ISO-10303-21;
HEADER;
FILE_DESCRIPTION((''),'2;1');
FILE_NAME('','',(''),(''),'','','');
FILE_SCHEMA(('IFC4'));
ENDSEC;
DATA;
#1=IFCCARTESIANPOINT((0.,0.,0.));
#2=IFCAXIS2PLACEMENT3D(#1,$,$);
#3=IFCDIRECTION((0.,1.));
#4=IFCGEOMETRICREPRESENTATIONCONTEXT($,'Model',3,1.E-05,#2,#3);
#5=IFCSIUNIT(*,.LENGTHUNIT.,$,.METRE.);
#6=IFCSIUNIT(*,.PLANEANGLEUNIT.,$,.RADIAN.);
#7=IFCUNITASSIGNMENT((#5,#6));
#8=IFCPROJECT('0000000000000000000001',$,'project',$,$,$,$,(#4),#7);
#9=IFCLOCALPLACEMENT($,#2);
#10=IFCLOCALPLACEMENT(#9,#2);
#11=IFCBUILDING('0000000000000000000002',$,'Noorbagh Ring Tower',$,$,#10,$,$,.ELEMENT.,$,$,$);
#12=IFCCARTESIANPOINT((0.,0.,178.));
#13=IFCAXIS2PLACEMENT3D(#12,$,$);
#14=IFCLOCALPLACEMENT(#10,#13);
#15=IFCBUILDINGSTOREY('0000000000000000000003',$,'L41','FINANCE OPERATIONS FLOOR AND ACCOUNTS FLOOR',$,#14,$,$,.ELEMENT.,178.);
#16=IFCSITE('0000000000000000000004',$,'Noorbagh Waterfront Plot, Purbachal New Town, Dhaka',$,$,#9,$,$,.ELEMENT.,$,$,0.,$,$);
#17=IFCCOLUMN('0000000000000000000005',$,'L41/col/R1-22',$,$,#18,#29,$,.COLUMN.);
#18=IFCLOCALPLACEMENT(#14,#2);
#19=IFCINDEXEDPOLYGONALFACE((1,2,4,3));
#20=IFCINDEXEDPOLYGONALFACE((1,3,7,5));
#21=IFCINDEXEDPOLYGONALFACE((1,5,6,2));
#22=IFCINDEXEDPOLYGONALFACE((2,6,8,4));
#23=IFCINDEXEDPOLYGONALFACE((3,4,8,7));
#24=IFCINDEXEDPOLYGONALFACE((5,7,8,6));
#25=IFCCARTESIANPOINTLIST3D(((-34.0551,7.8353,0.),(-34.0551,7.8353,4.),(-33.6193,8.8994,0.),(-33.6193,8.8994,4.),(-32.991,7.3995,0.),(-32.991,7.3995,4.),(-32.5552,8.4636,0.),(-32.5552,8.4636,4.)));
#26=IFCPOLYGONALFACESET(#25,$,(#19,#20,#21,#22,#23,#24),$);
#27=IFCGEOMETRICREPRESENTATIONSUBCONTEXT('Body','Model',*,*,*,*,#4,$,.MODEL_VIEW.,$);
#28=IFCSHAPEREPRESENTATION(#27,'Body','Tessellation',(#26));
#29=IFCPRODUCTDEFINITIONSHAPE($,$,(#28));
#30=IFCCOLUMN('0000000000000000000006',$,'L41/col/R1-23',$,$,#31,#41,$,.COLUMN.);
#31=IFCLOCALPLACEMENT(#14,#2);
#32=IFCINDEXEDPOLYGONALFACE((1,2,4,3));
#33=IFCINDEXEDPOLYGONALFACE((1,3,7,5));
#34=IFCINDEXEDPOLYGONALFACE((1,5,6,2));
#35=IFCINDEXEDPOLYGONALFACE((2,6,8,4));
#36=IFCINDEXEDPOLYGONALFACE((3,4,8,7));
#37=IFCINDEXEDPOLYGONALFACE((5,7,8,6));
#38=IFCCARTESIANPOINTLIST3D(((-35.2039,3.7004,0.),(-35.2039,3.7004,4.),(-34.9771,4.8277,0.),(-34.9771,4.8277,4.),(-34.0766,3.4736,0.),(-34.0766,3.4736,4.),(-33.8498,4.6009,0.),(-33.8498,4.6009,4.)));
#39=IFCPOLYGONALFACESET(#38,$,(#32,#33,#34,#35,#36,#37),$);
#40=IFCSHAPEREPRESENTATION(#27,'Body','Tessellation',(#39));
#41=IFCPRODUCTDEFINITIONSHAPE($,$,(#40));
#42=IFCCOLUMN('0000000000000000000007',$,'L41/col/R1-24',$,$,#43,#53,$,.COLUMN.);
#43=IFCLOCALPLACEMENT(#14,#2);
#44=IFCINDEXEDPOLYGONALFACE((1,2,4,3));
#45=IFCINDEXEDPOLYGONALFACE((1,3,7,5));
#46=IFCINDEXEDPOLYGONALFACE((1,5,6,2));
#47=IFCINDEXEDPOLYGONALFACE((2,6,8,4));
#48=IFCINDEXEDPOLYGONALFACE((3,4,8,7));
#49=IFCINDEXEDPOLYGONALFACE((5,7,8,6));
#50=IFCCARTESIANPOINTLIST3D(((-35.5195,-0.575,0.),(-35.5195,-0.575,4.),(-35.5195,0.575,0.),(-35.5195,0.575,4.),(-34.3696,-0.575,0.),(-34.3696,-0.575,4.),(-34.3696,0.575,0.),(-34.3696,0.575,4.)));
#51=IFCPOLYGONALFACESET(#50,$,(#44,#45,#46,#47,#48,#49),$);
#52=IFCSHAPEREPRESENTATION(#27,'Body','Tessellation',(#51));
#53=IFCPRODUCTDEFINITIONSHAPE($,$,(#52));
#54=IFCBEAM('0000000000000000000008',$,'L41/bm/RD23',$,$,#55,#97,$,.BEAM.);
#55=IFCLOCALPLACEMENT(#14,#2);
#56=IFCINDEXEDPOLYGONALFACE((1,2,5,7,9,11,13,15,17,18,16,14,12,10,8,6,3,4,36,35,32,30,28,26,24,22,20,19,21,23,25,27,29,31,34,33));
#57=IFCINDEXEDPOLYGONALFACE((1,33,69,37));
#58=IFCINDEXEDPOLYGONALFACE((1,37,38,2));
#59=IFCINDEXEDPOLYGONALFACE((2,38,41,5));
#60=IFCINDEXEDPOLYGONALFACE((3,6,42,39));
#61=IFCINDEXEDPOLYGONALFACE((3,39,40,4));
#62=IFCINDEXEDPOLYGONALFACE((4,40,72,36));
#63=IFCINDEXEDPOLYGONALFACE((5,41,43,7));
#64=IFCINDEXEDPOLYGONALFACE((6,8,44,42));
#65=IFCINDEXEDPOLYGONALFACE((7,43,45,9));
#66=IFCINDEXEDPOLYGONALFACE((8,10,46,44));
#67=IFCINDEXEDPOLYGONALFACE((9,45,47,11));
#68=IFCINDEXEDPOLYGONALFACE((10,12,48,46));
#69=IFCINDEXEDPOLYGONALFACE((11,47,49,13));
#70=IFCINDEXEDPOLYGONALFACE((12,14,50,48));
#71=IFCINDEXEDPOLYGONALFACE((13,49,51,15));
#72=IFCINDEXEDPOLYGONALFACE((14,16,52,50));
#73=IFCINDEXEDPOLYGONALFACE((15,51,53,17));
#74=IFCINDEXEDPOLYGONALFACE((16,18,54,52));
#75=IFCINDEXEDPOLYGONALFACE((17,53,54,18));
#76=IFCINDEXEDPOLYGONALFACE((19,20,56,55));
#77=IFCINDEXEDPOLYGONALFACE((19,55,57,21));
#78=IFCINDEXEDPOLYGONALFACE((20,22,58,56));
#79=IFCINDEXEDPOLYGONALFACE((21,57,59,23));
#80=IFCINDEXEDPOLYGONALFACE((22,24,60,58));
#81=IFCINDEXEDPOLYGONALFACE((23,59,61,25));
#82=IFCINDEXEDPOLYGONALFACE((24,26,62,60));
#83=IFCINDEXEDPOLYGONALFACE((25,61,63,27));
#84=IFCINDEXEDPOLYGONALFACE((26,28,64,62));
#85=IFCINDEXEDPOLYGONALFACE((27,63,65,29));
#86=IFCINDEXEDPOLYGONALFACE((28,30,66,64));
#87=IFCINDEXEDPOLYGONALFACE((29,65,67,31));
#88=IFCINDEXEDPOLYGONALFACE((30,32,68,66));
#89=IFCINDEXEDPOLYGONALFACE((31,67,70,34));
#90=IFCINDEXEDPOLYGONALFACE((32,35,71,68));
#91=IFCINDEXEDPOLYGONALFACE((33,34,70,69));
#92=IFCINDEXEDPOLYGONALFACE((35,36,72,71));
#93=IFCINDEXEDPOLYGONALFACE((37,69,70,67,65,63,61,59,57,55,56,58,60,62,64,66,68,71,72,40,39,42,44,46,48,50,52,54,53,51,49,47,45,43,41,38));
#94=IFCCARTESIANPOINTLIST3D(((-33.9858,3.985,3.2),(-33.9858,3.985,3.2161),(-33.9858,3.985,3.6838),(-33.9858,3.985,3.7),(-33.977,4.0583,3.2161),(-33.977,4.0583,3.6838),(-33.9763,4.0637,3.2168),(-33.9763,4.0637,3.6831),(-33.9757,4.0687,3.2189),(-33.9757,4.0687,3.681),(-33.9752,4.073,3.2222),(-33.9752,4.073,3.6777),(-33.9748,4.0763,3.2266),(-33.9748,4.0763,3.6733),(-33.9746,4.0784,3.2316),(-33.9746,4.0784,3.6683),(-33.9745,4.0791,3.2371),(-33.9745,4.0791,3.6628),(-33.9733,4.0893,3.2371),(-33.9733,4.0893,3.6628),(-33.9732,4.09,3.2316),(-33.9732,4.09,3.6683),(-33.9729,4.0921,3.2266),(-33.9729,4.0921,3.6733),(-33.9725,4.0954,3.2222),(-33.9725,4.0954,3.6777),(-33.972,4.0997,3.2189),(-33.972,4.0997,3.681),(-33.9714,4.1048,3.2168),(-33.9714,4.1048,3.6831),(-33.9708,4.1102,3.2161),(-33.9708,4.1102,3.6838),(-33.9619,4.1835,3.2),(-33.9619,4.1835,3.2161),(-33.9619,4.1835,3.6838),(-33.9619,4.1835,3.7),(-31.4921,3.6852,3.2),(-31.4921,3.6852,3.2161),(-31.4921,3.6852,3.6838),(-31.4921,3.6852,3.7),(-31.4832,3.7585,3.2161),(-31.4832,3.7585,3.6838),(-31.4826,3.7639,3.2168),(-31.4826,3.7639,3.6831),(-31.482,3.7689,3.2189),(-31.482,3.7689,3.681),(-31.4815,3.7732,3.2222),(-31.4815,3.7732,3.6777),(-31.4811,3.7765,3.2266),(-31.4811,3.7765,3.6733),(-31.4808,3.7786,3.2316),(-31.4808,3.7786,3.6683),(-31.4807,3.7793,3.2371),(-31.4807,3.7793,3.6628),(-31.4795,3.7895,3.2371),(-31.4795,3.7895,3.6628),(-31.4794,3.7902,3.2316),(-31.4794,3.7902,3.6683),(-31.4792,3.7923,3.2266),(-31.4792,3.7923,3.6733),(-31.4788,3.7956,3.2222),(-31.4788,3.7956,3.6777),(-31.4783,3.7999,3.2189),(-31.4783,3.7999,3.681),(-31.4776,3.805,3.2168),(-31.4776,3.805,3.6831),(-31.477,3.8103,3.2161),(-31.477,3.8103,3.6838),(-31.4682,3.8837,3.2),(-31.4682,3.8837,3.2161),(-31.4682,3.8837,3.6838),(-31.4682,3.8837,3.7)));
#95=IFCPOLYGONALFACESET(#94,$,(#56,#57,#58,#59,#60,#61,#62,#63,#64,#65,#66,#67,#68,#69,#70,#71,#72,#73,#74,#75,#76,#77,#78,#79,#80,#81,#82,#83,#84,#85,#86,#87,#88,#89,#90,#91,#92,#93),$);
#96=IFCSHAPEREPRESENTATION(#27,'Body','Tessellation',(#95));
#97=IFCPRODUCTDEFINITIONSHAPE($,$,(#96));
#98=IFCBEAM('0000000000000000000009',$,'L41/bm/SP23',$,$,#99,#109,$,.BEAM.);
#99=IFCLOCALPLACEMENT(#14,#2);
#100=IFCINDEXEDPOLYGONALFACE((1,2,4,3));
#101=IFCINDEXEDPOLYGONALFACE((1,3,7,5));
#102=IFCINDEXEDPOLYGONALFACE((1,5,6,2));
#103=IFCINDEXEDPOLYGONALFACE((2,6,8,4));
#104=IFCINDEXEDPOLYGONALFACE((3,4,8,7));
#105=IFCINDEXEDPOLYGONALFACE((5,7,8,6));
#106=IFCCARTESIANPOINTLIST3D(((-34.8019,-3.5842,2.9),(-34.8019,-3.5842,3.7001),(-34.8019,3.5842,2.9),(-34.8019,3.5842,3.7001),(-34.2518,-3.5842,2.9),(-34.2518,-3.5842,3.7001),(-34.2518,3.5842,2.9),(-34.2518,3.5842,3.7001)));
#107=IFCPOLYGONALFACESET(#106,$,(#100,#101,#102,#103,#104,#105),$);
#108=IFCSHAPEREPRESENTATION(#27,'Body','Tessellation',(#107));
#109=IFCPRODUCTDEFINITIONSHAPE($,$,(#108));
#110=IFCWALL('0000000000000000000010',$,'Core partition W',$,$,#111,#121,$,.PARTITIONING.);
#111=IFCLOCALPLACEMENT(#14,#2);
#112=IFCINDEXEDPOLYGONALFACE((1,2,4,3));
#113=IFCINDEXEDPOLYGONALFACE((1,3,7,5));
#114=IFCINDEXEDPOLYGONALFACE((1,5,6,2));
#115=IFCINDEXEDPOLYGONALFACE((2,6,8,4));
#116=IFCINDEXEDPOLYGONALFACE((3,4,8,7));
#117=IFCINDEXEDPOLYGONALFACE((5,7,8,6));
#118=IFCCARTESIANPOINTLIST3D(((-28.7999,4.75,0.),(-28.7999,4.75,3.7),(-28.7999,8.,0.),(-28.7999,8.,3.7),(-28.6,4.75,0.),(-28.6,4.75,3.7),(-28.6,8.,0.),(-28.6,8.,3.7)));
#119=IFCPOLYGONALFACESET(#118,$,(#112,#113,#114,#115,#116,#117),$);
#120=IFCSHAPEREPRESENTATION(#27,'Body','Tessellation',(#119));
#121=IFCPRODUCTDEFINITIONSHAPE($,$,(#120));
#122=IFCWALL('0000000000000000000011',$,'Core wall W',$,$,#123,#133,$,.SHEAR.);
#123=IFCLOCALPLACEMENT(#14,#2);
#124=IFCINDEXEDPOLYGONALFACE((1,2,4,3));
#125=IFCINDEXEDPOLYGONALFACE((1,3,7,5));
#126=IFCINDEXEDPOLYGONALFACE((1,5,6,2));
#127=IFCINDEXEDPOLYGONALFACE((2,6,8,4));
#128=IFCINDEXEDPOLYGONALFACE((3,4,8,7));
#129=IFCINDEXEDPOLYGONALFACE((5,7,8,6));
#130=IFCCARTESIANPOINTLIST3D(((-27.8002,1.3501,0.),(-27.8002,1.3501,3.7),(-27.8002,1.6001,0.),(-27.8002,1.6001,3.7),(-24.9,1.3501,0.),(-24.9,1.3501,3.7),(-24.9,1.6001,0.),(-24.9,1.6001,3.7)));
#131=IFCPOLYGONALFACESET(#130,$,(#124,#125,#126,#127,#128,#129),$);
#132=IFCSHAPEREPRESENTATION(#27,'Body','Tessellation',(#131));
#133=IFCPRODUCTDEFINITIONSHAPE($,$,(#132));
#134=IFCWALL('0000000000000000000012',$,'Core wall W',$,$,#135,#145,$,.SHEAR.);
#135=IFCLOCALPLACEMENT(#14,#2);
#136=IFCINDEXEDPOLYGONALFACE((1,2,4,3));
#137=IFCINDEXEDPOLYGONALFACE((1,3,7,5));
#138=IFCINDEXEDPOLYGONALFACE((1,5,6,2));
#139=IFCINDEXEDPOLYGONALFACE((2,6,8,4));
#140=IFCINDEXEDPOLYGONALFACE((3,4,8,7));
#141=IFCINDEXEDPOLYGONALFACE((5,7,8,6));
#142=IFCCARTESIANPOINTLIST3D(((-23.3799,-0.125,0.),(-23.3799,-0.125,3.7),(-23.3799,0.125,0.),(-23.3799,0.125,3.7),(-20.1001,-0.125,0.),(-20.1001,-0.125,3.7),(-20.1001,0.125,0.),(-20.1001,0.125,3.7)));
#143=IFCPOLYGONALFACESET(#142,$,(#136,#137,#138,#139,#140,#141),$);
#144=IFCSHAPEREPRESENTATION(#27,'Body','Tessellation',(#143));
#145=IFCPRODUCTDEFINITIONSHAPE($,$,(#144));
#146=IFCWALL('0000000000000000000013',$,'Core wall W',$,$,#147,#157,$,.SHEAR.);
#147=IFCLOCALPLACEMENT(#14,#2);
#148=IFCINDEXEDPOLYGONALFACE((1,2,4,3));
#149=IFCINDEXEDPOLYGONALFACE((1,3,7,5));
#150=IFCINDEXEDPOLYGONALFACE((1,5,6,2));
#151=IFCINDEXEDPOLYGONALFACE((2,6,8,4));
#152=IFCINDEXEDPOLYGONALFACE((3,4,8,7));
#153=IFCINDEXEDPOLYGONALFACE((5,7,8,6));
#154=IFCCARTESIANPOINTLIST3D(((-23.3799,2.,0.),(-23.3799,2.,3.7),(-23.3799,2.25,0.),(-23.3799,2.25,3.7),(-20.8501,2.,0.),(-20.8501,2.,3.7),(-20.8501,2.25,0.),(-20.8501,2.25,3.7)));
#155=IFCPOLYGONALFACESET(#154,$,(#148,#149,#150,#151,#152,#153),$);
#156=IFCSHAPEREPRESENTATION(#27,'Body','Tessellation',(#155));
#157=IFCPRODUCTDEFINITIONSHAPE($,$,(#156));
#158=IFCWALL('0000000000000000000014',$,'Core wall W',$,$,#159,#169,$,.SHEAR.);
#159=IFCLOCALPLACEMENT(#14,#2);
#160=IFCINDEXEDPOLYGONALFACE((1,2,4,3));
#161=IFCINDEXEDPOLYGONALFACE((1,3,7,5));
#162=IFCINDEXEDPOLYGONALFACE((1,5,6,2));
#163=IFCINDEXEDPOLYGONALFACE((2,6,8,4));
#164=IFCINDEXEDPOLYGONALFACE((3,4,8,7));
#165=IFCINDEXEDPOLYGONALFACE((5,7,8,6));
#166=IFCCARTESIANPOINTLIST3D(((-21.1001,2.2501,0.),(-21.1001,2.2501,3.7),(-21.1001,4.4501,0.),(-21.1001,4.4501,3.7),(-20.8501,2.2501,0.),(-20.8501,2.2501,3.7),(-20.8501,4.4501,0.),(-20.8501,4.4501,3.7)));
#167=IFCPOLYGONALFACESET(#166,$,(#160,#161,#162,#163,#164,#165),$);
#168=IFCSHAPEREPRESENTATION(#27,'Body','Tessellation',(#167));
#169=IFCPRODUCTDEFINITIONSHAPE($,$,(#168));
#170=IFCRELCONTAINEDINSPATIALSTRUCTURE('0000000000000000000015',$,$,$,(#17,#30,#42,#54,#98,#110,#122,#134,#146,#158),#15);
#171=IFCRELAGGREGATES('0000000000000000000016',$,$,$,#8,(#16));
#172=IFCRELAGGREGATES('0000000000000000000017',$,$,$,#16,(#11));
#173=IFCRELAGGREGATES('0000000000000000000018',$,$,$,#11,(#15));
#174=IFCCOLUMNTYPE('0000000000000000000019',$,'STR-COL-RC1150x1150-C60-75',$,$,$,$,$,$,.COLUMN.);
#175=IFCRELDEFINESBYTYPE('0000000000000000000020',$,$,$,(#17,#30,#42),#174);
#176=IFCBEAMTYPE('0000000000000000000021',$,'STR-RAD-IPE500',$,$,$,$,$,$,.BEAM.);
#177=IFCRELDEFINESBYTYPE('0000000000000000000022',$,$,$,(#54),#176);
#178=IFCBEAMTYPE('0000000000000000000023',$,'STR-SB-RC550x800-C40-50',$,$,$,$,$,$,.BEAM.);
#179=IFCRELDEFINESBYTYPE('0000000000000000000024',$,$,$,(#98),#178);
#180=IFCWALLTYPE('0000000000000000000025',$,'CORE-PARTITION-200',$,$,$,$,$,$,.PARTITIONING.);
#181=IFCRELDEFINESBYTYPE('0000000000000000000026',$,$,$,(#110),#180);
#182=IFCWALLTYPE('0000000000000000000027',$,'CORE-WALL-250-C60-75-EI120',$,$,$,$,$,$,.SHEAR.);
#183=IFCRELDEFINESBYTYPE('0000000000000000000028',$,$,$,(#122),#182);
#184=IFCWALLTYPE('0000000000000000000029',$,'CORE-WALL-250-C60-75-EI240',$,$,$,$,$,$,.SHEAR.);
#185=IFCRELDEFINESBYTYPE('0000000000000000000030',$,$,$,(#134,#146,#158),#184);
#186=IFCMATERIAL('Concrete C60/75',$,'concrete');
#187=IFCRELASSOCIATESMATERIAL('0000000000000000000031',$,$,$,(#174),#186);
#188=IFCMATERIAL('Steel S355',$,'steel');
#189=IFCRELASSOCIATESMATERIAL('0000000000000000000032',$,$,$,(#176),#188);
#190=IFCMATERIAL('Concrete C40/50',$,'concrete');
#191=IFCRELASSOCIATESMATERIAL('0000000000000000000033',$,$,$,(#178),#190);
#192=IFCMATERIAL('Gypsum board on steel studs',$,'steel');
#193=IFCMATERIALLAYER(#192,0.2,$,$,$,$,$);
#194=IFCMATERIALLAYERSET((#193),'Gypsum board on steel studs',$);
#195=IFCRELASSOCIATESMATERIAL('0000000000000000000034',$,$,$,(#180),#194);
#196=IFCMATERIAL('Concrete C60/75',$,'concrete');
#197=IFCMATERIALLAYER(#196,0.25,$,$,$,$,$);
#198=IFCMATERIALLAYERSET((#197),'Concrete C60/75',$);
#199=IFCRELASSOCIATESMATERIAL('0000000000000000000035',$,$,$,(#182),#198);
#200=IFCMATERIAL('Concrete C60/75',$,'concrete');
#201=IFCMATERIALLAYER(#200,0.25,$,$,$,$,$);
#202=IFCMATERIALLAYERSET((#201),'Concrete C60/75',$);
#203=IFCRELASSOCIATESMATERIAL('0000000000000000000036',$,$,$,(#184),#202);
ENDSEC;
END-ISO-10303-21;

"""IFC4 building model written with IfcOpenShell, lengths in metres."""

from ifc_helpers import new_model, si_unit, direction, frame, frame_2d, origin, origin_2d, place, context, subcontext, project, spatial, rectangle, i_section, extrude, material, layer, layer_set, material_profile, profile_set, type_object, element, save


model = new_model("IFC4")

# Units and contexts
model_context = context("Model", 3, precision=1e-05, world=origin(), true_north=direction((0.0, 1.0)))
body_context = subcontext(model_context, "Body", "Model", "MODEL_VIEW")
ifc_project = project(units=[si_unit("LENGTHUNIT", "METRE"), si_unit("PLANEANGLEUNIT", "RADIAN")], contexts=[model_context])

# Site, building, storey
site_placement = place(None, origin())
site = spatial("IfcSite", under=ifc_project, at=site_placement, Name="Noorbagh Waterfront Plot, Purbachal New Town, Dhaka", CompositionType="ELEMENT", RefElevation=0.0)
building_placement = place(site_placement, origin())
building = spatial("IfcBuilding", under=site, at=building_placement, Name="Noorbagh Ring Tower", CompositionType="ELEMENT")
storey_placement = place(building_placement, frame((0.0, 0.0, 178.0)))
storey = spatial("IfcBuildingStorey", under=building, at=storey_placement, Name="L41", Description="FINANCE OPERATIONS FLOOR AND ACCOUNTS FLOOR", CompositionType="ELEMENT", Elevation=178.0)

# Columns
ifc_material_1 = material(Name="Concrete C60/75", Category="concrete")
ifc_material_profile_1 = material_profile(ifc_material_1, rectangle(XDim=1.1499, YDim=1.1499, at=origin_2d()), Name="RC1150x1150")
ifc_profile_set_1 = profile_set([ifc_material_profile_1], Name="Concrete C60/75")
column_type = type_object("IfcColumnType", Name="STR-COL-RC1150x1150-C60-75", PredefinedType="COLUMN", material=ifc_profile_set_1)
for number, where, z_axis, x_axis, name in (
    (1, (-33.3052, 8.1494, 0.0), (0.0, 0.0, 1.0), (-0.378989, -0.925401, 0.0), "L41/col/R1-22"),
    (2, (-34.5269, 4.1506, 0.0), (0.0, 0.0, 1.0), (-0.19723, -0.980357, 0.0), "L41/col/R1-23"),
    (3, (-34.9446, 0.0, 0.0), (0.0, 0.0, 1.0), (0.0, -1.0, 0.0), "L41/col/R1-24"),
):
    element("IfcColumn", number, at=place(storey_placement, frame(where, z_axis=z_axis, x_axis=x_axis)), inside=storey, type_object=column_type, Name=name, PredefinedType="COLUMN", context=body_context, shape_type="SweptSolid", body=[
        extrude(rectangle(XDim=1.1499, YDim=1.1499, at=origin_2d()), origin(), (0.0, 0.0, 1.0), 4.0),
    ])

# Beams
ifc_material_2 = material(Name="Steel S355", Category="steel")
ifc_material_profile_2 = material_profile(ifc_material_2, i_section(OverallWidth=0.2, OverallDepth=0.5, WebThickness=0.0103, FlangeThickness=0.0161, FilletRadius=0.021, at=origin_2d()), Name="IPE500")
ifc_profile_set_2 = profile_set([ifc_material_profile_2], Name="Steel S355")
beam_type_1 = type_object("IfcBeamType", Name="STR-RAD-IPE500", PredefinedType="BEAM", material=ifc_profile_set_2)
beam_1_placement = place(storey_placement, frame((-33.9739, 4.0842, 3.45), z_axis=(0.99285, -0.119368, 0.0), x_axis=(0.119368, 0.99285, 0.0)))
element("IfcBeam", 4, at=beam_1_placement, inside=storey, type_object=beam_type_1, Name="L41/bm/RD23", PredefinedType="BEAM", context=body_context, shape_type="SweptSolid", body=[
    extrude(i_section(OverallWidth=0.2, OverallDepth=0.5, WebThickness=0.0103, FlangeThickness=0.0161, FilletRadius=0.021, at=origin_2d()), origin(), (0.0, 0.0, 1.0), 2.5117),
])
ifc_material_3 = material(Name="Concrete C40/50", Category="concrete")
ifc_material_profile_3 = material_profile(ifc_material_3, rectangle(XDim=0.55, YDim=0.8, at=origin_2d()), Name="RC550x800")
ifc_profile_set_3 = profile_set([ifc_material_profile_3], Name="Concrete C40/50")
beam_type_2 = type_object("IfcBeamType", Name="STR-SB-RC550x800-C40-50", PredefinedType="BEAM", material=ifc_profile_set_3)
beam_2_placement = place(storey_placement, frame((-34.5269, 3.5842, 3.3), z_axis=(0.0, -1.0, 0.0), x_axis=(1.0, 0.0, 0.0)))
element("IfcBeam", 5, at=beam_2_placement, inside=storey, type_object=beam_type_2, Name="L41/bm/SP23", PredefinedType="BEAM", context=body_context, shape_type="SweptSolid", body=[
    extrude(rectangle(XDim=0.55, YDim=0.8, at=origin_2d()), origin(), (0.0, 0.0, 1.0), 7.1685),
])

# Walls
ifc_material_4 = material(Name="Gypsum board on steel studs", Category="steel")
ifc_layer_1 = layer(ifc_material_4, 0.2)
ifc_layer_set_1 = layer_set([ifc_layer_1], Name="Gypsum board on steel studs")
wall_type_1 = type_object("IfcWallType", Name="CORE-PARTITION-200", PredefinedType="PARTITIONING", material=ifc_layer_set_1)
wall_1_placement = place(storey_placement, frame((-28.7, 4.75, 0.0), z_axis=(0.0, 0.0, 1.0), x_axis=(0.0, 1.0, 0.0)))
element("IfcWall", 6, at=wall_1_placement, inside=storey, type_object=wall_type_1, Name="Core partition W", PredefinedType="PARTITIONING", context=body_context, shape_type="SweptSolid", body=[
    extrude(rectangle(XDim=3.25, YDim=0.2, at=frame_2d((1.625, 0.0))), origin(), (0.0, 0.0, 1.0), 3.7),
])
ifc_material_5 = material(Name="Concrete C60/75", Category="concrete")
ifc_layer_2 = layer(ifc_material_5, 0.25)
ifc_layer_set_2 = layer_set([ifc_layer_2], Name="Concrete C60/75")
wall_type_2 = type_object("IfcWallType", Name="CORE-WALL-250-C60-75-EI120", PredefinedType="SHEAR", material=ifc_layer_set_2)
wall_2_placement = place(storey_placement, frame((-24.8999, 1.4751, 0.0), z_axis=(0.0, 0.0, 1.0), x_axis=(-1.0, 0.0, 0.0)))
element("IfcWall", 7, at=wall_2_placement, inside=storey, type_object=wall_type_2, Name="Core wall W", PredefinedType="SHEAR", context=body_context, shape_type="SweptSolid", body=[
    extrude(rectangle(XDim=2.9001, YDim=0.25, at=frame_2d((1.4502, 0.0))), origin(), (0.0, 0.0, 1.0), 3.7),
])
ifc_material_6 = material(Name="Concrete C60/75", Category="concrete")
ifc_layer_3 = layer(ifc_material_6, 0.25)
ifc_layer_set_3 = layer_set([ifc_layer_3], Name="Concrete C60/75")
wall_type_3 = type_object("IfcWallType", Name="CORE-WALL-250-C60-75-EI240", PredefinedType="SHEAR", material=ifc_layer_set_3)
wall_3_placement = place(storey_placement, frame((-20.1001, 0.0, 0.0), z_axis=(0.0, 0.0, 1.0), x_axis=(-1.0, 0.0, 0.0)))
element("IfcWall", 8, at=wall_3_placement, inside=storey, type_object=wall_type_3, Name="Core wall W", PredefinedType="SHEAR", context=body_context, shape_type="SweptSolid", body=[
    extrude(rectangle(XDim=3.2798, YDim=0.25, at=frame_2d((1.6399, 0.0))), origin(), (0.0, 0.0, 1.0), 3.7),
])
wall_4_placement = place(storey_placement, frame((-20.8501, 2.125, 0.0), z_axis=(0.0, 0.0, 1.0), x_axis=(-1.0, 0.0, 0.0)))
element("IfcWall", 9, at=wall_4_placement, inside=storey, type_object=wall_type_3, Name="Core wall W", PredefinedType="SHEAR", context=body_context, shape_type="SweptSolid", body=[
    extrude(rectangle(XDim=2.5298, YDim=0.25, at=frame_2d((1.2649, 0.0))), origin(), (0.0, 0.0, 1.0), 3.7),
])
wall_5_placement = place(storey_placement, frame((-20.9751, 2.25, 0.0), z_axis=(0.0, 0.0, 1.0), x_axis=(0.0, 1.0, 0.0)))
element("IfcWall", 10, at=wall_5_placement, inside=storey, type_object=wall_type_3, Name="Core wall W", PredefinedType="SHEAR", context=body_context, shape_type="SweptSolid", body=[
    extrude(rectangle(XDim=2.2, YDim=0.25, at=frame_2d((1.1001, 0.0))), origin(), (0.0, 0.0, 1.0), 3.7),
])

save(model, "model.ifc")
